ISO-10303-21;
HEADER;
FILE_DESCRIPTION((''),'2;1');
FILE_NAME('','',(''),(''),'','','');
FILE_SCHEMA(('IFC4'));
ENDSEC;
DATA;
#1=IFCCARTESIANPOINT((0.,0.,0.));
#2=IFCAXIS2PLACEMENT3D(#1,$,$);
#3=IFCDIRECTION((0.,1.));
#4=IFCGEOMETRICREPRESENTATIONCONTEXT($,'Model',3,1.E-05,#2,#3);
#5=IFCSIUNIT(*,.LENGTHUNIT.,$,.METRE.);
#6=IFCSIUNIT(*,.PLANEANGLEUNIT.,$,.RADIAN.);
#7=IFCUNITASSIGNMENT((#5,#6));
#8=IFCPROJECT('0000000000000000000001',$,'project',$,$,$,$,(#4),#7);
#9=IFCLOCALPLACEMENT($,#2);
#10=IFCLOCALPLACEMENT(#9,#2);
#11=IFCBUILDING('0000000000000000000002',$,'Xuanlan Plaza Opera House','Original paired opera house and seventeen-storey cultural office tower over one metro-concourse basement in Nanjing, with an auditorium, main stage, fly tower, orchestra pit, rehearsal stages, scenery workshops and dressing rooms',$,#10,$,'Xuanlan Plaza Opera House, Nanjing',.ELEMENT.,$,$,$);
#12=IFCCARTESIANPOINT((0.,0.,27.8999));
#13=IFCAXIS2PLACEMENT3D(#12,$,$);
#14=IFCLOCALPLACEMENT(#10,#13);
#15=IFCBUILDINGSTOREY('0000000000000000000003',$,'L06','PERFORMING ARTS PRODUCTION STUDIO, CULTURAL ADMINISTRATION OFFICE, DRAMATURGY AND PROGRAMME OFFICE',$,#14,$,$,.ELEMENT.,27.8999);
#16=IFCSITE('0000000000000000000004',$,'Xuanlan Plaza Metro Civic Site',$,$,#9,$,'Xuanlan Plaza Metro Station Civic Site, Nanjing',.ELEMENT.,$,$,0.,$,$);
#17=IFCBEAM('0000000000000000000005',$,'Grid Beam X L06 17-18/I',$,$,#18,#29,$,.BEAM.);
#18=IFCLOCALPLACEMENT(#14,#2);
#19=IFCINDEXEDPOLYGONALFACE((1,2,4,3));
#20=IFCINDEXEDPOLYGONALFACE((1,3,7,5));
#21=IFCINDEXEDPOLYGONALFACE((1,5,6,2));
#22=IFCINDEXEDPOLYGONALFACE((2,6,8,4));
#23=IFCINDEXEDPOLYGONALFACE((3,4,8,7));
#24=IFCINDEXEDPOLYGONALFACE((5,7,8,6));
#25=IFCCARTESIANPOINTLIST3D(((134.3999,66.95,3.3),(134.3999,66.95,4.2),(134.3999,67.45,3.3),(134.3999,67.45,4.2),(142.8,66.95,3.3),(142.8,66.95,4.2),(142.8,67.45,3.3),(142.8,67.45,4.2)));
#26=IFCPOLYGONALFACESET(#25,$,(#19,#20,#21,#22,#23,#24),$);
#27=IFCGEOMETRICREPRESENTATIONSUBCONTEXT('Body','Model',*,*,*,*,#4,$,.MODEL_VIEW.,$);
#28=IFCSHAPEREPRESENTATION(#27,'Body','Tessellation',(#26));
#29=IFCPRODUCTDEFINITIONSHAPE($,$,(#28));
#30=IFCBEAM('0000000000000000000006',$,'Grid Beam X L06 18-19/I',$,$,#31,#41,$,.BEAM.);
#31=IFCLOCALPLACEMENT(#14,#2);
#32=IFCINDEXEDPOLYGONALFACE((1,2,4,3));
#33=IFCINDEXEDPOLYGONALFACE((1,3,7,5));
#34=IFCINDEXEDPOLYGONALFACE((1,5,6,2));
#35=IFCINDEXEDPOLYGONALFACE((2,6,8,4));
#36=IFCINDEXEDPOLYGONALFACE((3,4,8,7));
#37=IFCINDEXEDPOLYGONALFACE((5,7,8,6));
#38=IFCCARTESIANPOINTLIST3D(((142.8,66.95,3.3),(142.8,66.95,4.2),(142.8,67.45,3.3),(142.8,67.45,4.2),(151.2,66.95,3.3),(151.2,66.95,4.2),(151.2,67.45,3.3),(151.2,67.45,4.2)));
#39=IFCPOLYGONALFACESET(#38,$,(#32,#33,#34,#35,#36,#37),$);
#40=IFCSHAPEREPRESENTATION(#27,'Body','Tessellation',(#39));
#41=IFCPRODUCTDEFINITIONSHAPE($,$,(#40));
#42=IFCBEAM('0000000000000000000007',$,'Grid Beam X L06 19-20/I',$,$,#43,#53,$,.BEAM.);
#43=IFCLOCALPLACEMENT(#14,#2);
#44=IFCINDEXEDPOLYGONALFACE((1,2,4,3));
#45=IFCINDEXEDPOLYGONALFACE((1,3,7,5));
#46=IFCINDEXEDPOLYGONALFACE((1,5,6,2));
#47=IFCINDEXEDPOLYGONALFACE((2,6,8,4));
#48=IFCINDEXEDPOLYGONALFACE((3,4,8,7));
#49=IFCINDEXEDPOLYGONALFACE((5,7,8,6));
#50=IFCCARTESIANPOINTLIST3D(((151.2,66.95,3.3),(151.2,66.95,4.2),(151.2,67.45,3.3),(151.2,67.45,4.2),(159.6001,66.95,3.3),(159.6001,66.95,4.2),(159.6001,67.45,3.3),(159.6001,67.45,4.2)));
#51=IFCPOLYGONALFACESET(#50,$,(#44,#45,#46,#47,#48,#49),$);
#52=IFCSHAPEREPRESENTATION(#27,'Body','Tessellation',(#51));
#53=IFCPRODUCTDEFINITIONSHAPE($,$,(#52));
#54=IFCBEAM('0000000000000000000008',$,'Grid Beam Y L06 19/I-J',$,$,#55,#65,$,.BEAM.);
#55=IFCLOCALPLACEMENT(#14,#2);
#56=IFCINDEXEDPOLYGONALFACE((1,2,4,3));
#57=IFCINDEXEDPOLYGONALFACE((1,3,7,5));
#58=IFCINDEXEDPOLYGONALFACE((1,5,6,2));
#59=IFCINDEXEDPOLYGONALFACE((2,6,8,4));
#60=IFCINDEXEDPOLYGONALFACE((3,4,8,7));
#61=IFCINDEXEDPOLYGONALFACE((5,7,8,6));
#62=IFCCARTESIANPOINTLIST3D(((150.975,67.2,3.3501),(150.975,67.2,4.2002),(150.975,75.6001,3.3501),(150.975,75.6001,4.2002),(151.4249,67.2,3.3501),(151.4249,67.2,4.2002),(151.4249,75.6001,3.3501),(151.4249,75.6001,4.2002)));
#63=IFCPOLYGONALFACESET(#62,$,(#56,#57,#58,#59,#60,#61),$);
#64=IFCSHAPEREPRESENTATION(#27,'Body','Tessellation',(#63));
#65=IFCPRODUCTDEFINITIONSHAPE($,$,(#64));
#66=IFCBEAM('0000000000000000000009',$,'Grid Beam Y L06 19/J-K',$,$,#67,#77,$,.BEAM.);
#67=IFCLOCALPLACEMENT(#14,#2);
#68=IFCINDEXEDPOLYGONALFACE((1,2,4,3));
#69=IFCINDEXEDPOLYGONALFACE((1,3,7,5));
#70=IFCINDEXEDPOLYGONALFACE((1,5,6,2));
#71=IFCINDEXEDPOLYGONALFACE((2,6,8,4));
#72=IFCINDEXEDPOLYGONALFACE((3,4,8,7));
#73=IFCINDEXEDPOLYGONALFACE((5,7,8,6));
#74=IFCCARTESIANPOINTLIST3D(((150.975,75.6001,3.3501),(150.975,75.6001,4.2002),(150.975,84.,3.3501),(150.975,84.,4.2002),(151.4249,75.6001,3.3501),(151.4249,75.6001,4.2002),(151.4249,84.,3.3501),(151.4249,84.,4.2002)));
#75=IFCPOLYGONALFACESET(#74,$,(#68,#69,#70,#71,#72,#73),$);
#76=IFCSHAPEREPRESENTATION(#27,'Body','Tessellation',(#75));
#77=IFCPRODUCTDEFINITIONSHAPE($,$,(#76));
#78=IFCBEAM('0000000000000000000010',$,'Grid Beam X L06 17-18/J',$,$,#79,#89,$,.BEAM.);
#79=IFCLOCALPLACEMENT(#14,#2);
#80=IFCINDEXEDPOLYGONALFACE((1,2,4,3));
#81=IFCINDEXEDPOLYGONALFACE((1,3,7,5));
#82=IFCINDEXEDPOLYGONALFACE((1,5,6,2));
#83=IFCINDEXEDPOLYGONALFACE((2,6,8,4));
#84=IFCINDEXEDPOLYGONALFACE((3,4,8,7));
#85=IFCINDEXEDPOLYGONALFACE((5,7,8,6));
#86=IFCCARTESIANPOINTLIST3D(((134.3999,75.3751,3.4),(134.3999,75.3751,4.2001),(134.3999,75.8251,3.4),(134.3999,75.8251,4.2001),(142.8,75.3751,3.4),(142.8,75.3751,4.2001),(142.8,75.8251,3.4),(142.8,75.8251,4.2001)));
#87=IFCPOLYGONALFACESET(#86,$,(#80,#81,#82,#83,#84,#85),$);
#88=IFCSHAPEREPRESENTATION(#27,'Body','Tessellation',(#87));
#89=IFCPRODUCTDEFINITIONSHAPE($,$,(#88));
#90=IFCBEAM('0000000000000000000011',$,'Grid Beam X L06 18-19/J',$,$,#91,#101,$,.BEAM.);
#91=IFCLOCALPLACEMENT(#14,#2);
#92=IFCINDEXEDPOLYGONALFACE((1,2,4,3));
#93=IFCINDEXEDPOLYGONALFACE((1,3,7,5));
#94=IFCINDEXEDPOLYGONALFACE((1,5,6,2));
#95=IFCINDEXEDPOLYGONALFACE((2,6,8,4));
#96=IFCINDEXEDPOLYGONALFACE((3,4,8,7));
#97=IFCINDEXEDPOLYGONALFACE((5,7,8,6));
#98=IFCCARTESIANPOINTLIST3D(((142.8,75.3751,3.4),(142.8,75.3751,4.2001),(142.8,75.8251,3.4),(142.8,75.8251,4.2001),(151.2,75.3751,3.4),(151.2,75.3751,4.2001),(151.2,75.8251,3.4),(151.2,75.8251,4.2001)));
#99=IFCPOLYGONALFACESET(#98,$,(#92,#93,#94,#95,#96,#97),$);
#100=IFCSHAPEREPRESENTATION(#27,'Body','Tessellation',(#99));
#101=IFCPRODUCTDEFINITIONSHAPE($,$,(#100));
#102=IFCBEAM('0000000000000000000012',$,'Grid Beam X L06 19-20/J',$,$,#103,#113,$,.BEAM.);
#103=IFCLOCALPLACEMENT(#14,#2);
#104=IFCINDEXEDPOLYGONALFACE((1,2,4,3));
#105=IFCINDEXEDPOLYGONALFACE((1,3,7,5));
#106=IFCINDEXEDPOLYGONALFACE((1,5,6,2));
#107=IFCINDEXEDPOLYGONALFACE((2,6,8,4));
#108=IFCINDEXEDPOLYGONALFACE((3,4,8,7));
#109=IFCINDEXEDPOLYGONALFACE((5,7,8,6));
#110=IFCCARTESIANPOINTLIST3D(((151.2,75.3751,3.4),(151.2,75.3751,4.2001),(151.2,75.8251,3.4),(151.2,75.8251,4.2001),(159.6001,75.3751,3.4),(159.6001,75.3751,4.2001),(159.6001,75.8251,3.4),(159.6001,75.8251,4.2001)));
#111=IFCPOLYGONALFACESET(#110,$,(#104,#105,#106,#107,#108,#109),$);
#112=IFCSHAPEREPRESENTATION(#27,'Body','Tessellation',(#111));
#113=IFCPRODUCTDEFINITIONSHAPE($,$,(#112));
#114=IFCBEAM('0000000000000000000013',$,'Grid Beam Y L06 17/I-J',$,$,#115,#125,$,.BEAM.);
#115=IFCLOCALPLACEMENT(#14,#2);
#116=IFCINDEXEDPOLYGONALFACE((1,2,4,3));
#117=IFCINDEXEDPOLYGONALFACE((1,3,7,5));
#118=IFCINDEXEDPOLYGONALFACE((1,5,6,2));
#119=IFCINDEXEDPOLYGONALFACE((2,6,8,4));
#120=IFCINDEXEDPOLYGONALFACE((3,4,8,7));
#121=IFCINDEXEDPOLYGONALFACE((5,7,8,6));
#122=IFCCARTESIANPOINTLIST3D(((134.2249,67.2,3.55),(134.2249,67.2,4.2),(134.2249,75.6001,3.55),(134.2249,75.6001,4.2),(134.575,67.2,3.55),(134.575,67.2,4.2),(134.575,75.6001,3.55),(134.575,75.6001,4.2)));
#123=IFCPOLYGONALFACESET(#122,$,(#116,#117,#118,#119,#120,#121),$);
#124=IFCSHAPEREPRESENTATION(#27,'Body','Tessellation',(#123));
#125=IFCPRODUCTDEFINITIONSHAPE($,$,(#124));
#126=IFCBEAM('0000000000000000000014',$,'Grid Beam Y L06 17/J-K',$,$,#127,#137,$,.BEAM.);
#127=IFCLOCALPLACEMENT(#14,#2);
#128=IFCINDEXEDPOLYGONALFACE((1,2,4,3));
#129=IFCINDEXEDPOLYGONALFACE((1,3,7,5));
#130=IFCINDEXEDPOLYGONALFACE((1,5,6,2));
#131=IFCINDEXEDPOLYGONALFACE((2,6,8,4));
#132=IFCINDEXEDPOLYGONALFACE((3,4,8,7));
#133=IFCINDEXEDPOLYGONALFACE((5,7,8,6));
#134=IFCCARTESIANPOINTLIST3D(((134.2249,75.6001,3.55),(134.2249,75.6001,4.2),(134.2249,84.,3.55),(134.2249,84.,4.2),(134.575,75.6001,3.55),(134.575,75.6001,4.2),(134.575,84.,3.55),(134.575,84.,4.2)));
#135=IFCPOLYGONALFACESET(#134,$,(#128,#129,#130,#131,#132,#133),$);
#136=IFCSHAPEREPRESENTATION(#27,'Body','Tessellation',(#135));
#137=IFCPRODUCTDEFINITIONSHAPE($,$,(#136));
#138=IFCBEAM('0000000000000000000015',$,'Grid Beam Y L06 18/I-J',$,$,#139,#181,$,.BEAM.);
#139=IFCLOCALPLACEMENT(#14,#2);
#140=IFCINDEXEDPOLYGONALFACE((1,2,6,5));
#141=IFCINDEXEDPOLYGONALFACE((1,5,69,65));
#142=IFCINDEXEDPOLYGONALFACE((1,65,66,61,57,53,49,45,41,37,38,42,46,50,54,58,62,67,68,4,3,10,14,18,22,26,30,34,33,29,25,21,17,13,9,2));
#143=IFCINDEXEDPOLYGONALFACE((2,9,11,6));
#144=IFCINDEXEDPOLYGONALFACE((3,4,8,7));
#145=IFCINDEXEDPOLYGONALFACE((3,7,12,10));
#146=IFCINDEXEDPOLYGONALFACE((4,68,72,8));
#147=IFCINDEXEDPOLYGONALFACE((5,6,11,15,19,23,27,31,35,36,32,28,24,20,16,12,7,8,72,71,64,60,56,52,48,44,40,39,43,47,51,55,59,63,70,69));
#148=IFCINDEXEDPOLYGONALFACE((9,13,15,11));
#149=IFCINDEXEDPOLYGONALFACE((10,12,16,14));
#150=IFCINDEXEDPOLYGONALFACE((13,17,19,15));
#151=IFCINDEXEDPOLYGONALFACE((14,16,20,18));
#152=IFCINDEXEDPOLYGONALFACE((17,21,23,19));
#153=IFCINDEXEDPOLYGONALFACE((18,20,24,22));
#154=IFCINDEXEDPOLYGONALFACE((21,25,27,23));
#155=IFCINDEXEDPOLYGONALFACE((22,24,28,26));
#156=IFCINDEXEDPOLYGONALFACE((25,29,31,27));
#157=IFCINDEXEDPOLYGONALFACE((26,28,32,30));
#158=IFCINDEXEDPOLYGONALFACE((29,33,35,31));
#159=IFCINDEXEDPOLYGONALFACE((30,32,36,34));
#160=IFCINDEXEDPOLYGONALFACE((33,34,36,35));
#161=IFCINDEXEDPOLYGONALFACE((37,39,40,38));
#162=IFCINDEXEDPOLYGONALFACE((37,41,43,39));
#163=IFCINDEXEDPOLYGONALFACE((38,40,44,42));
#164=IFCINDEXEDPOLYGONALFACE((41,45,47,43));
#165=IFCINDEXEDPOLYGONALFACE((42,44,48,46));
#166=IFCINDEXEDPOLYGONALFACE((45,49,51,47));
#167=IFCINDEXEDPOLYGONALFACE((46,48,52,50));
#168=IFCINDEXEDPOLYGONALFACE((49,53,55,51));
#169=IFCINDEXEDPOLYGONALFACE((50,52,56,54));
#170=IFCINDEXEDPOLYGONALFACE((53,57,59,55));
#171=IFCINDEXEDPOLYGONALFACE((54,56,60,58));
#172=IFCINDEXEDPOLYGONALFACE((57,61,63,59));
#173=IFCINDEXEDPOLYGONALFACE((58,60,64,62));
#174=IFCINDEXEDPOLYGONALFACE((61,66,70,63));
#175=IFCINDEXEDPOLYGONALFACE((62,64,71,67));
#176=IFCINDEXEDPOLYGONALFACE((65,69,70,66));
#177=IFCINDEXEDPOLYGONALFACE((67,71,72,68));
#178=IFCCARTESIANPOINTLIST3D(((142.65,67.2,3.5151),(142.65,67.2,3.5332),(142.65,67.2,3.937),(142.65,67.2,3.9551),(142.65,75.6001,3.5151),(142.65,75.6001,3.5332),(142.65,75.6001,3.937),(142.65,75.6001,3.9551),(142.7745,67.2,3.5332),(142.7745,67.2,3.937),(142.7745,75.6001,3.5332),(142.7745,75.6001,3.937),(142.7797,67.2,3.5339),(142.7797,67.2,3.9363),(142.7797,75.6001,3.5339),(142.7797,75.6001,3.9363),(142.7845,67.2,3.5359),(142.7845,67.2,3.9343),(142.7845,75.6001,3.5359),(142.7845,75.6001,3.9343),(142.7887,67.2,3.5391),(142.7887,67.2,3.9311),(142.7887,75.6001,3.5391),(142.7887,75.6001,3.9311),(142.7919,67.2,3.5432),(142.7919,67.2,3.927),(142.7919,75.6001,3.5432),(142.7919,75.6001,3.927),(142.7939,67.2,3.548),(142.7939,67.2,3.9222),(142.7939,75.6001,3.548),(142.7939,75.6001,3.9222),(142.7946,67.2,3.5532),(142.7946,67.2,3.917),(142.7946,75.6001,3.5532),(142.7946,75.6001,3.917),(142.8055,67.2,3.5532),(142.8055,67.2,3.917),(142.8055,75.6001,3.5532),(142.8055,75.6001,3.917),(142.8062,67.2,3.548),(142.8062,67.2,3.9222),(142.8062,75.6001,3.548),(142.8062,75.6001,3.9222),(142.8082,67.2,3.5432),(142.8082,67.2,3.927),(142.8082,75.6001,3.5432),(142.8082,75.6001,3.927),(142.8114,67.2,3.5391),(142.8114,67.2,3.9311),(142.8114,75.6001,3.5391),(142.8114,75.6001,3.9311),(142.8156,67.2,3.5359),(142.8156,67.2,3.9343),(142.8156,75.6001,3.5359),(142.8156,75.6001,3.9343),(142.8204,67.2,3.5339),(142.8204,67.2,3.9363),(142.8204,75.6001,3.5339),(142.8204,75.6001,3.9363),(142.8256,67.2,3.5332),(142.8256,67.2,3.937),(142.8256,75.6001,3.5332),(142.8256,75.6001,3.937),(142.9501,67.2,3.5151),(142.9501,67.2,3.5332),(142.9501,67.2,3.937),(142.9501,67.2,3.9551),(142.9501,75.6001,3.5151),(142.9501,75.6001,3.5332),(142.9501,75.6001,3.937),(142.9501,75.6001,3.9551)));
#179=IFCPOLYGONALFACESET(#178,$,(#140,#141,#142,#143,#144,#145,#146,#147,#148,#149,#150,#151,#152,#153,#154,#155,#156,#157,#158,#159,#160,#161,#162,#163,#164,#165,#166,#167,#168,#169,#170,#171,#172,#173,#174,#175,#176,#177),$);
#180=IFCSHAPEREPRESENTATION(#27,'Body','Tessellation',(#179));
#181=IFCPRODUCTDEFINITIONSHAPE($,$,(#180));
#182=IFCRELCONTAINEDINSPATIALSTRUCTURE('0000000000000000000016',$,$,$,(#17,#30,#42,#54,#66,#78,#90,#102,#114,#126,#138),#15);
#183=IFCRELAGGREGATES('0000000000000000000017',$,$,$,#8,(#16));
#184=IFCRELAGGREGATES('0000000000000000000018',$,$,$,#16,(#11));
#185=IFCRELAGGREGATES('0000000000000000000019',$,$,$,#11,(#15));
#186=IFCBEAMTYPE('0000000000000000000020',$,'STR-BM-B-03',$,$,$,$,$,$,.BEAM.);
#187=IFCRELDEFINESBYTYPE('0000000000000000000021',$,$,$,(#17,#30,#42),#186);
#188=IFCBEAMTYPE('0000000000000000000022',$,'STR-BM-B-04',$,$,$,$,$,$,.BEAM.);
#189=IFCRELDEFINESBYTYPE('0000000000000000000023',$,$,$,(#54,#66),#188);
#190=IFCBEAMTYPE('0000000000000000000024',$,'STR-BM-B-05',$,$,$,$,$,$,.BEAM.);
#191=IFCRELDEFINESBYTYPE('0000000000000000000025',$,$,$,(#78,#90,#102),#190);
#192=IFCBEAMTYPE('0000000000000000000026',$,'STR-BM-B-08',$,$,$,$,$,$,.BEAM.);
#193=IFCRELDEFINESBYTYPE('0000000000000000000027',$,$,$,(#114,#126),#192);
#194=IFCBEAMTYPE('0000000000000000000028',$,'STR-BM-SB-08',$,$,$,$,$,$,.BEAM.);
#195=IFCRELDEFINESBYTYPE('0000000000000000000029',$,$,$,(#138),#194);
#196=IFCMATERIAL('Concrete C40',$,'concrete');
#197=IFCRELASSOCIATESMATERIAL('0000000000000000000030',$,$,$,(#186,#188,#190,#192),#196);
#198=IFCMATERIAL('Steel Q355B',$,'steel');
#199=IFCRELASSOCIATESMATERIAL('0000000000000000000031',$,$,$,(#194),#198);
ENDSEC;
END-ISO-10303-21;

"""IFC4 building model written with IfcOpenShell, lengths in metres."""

from ifc_helpers import new_model, si_unit, direction, frame, origin, origin_2d, place, context, subcontext, project, spatial, rectangle, i_section, extrude, material, material_profile, profile_set, type_object, element, save


model = new_model("IFC4")

# Units and contexts
model_context = context("Model", 3, precision=1e-05, world=origin(), true_north=direction((0.0, 1.0)))
body_context = subcontext(model_context, "Body", "Model", "MODEL_VIEW")
ifc_project = project(units=[si_unit("LENGTHUNIT", "METRE"), si_unit("PLANEANGLEUNIT", "RADIAN")], contexts=[model_context])

# Site, building, storey
site_placement = place(None, origin())
site = spatial("IfcSite", under=ifc_project, at=site_placement, Name="Xuanlan Plaza Metro Civic Site", LongName="Xuanlan Plaza Metro Station Civic Site, Nanjing", CompositionType="ELEMENT", RefElevation=0.0)
building_placement = place(site_placement, origin())
building = spatial("IfcBuilding", under=site, at=building_placement, Name="Xuanlan Plaza Opera House", Description="Original paired opera house and seventeen-storey cultural office tower over one metro-concourse basement in Nanjing, with an auditorium, main stage, fly tower, orchestra pit, rehearsal stages, scenery workshops and dressing rooms", LongName="Xuanlan Plaza Opera House, Nanjing", CompositionType="ELEMENT")
storey_placement = place(building_placement, frame((0.0, 0.0, 27.8999)))
storey = spatial("IfcBuildingStorey", under=building, at=storey_placement, Name="L06", Description="PERFORMING ARTS PRODUCTION STUDIO, CULTURAL ADMINISTRATION OFFICE, DRAMATURGY AND PROGRAMME OFFICE", CompositionType="ELEMENT", Elevation=27.8999)

# Shared definitions
ifc_material_1 = material(Name="Steel Q355B", Category="steel")

# Beams
ifc_material_2 = material(Name="Concrete C40", Category="concrete")
ifc_material_profile_1 = material_profile(ifc_material_2, rectangle(XDim=0.5, YDim=0.8999, at=origin_2d()), Name="RC-BM 500x900")
ifc_profile_set_1 = profile_set([ifc_material_profile_1], Name="Concrete C40")
beam_type_1 = type_object("IfcBeamType", Name="STR-BM-B-03", PredefinedType="BEAM", material=ifc_profile_set_1)
beam_1_placement = place(storey_placement, frame((134.3999, 67.2, 3.75), z_axis=(1.0, 0.0, 0.0), x_axis=(0.0, 1.0, 0.0)))
element("IfcBeam", 1, at=beam_1_placement, inside=storey, type_object=beam_type_1, Name="Grid Beam X L06 17-18/I", PredefinedType="BEAM", context=body_context, shape_type="SweptSolid", body=[
    extrude(rectangle(XDim=0.5, YDim=0.8999, at=origin_2d()), origin(), (0.0, 0.0, 1.0), 8.4001),
])
beam_2_placement = place(storey_placement, frame((142.8, 67.2, 3.75), z_axis=(1.0, 0.0, 0.0), x_axis=(0.0, 1.0, 0.0)))
element("IfcBeam", 2, at=beam_2_placement, inside=storey, type_object=beam_type_1, Name="Grid Beam X L06 18-19/I", PredefinedType="BEAM", context=body_context, shape_type="SweptSolid", body=[
    extrude(rectangle(XDim=0.5, YDim=0.8999, at=origin_2d()), origin(), (0.0, 0.0, 1.0), 8.3999),
])
beam_3_placement = place(storey_placement, frame((151.2, 67.2, 3.75), z_axis=(1.0, 0.0, 0.0), x_axis=(0.0, 1.0, 0.0)))
element("IfcBeam", 3, at=beam_3_placement, inside=storey, type_object=beam_type_1, Name="Grid Beam X L06 19-20/I", PredefinedType="BEAM", context=body_context, shape_type="SweptSolid", body=[
    extrude(rectangle(XDim=0.5, YDim=0.8999, at=origin_2d()), origin(), (0.0, 0.0, 1.0), 8.4001),
])
ifc_material_profile_2 = material_profile(ifc_material_2, rectangle(XDim=0.45, YDim=0.8501, at=origin_2d()), Name="RC-BM 450x850")
ifc_profile_set_2 = profile_set([ifc_material_profile_2], Name="Concrete C40")
beam_type_2 = type_object("IfcBeamType", Name="STR-BM-B-04", PredefinedType="BEAM", material=ifc_profile_set_2)
beam_4_placement = place(storey_placement, frame((151.2, 67.2, 3.7751), z_axis=(0.0, 1.0, 0.0), x_axis=(-1.0, 0.0, 0.0)))
element("IfcBeam", 4, at=beam_4_placement, inside=storey, type_object=beam_type_2, Name="Grid Beam Y L06 19/I-J", PredefinedType="BEAM", context=body_context, shape_type="SweptSolid", body=[
    extrude(rectangle(XDim=0.45, YDim=0.8501, at=origin_2d()), origin(), (0.0, 0.0, 1.0), 8.4001),
])
beam_5_placement = place(storey_placement, frame((151.2, 75.6001, 3.7751), z_axis=(0.0, 1.0, 0.0), x_axis=(-1.0, 0.0, 0.0)))
element("IfcBeam", 5, at=beam_5_placement, inside=storey, type_object=beam_type_2, Name="Grid Beam Y L06 19/J-K", PredefinedType="BEAM", context=body_context, shape_type="SweptSolid", body=[
    extrude(rectangle(XDim=0.45, YDim=0.8501, at=origin_2d()), origin(), (0.0, 0.0, 1.0), 8.3999),
])
ifc_material_profile_3 = material_profile(ifc_material_2, rectangle(XDim=0.45, YDim=0.8, at=origin_2d()), Name="RC-BM 450x800")
ifc_profile_set_3 = profile_set([ifc_material_profile_3], Name="Concrete C40")
beam_type_3 = type_object("IfcBeamType", Name="STR-BM-B-05", PredefinedType="BEAM", material=ifc_profile_set_3)
beam_6_placement = place(storey_placement, frame((134.3999, 75.6001, 3.8), z_axis=(1.0, 0.0, 0.0), x_axis=(0.0, 1.0, 0.0)))
element("IfcBeam", 6, at=beam_6_placement, inside=storey, type_object=beam_type_3, Name="Grid Beam X L06 17-18/J", PredefinedType="BEAM", context=body_context, shape_type="SweptSolid", body=[
    extrude(rectangle(XDim=0.45, YDim=0.8, at=origin_2d()), origin(), (0.0, 0.0, 1.0), 8.4001),
])
beam_7_placement = place(storey_placement, frame((142.8, 75.6001, 3.8), z_axis=(1.0, 0.0, 0.0), x_axis=(0.0, 1.0, 0.0)))
element("IfcBeam", 7, at=beam_7_placement, inside=storey, type_object=beam_type_3, Name="Grid Beam X L06 18-19/J", PredefinedType="BEAM", context=body_context, shape_type="SweptSolid", body=[
    extrude(rectangle(XDim=0.45, YDim=0.8, at=origin_2d()), origin(), (0.0, 0.0, 1.0), 8.3999),
])
beam_8_placement = place(storey_placement, frame((151.2, 75.6001, 3.8), z_axis=(1.0, 0.0, 0.0), x_axis=(0.0, 1.0, 0.0)))
element("IfcBeam", 8, at=beam_8_placement, inside=storey, type_object=beam_type_3, Name="Grid Beam X L06 19-20/J", PredefinedType="BEAM", context=body_context, shape_type="SweptSolid", body=[
    extrude(rectangle(XDim=0.45, YDim=0.8, at=origin_2d()), origin(), (0.0, 0.0, 1.0), 8.4001),
])
ifc_material_profile_4 = material_profile(ifc_material_2, rectangle(XDim=0.3501, YDim=0.6499, at=origin_2d()), Name="RC-BM 350x650")
ifc_profile_set_4 = profile_set([ifc_material_profile_4], Name="Concrete C40")
beam_type_4 = type_object("IfcBeamType", Name="STR-BM-B-08", PredefinedType="BEAM", material=ifc_profile_set_4)
beam_9_placement = place(storey_placement, frame((134.3999, 67.2, 3.875), z_axis=(0.0, 1.0, 0.0), x_axis=(-1.0, 0.0, 0.0)))
element("IfcBeam", 9, at=beam_9_placement, inside=storey, type_object=beam_type_4, Name="Grid Beam Y L06 17/I-J", PredefinedType="BEAM", context=body_context, shape_type="SweptSolid", body=[
    extrude(rectangle(XDim=0.3501, YDim=0.6499, at=origin_2d()), origin(), (0.0, 0.0, 1.0), 8.4001),
])
beam_10_placement = place(storey_placement, frame((134.3999, 75.6001, 3.875), z_axis=(0.0, 1.0, 0.0), x_axis=(-1.0, 0.0, 0.0)))
element("IfcBeam", 10, at=beam_10_placement, inside=storey, type_object=beam_type_4, Name="Grid Beam Y L06 17/J-K", PredefinedType="BEAM", context=body_context, shape_type="SweptSolid", body=[
    extrude(rectangle(XDim=0.3501, YDim=0.6499, at=origin_2d()), origin(), (0.0, 0.0, 1.0), 8.3999),
])
ifc_material_profile_5 = material_profile(ifc_material_1, i_section(OverallWidth=0.3, OverallDepth=0.4399, WebThickness=0.011, FlangeThickness=0.0181, FilletRadius=0.02, at=origin_2d()), Name="HM 440x300x11x18")
ifc_profile_set_5 = profile_set([ifc_material_profile_5], Name="Steel Q355B")
beam_type_5 = type_object("IfcBeamType", Name="STR-BM-SB-08", PredefinedType="BEAM", material=ifc_profile_set_5)
beam_11_placement = place(storey_placement, frame((142.8, 67.2, 3.7351), z_axis=(0.0, 1.0, 0.0), x_axis=(-1.0, 0.0, 0.0)))
element("IfcBeam", 11, at=beam_11_placement, inside=storey, type_object=beam_type_5, Name="Grid Beam Y L06 18/I-J", PredefinedType="BEAM", context=body_context, shape_type="SweptSolid", body=[
    extrude(i_section(OverallWidth=0.3, OverallDepth=0.4399, WebThickness=0.011, FlangeThickness=0.0181, FilletRadius=0.02, at=origin_2d()), origin(), (0.0, 0.0, 1.0), 8.4001),
])

save(model, "model.ifc")
